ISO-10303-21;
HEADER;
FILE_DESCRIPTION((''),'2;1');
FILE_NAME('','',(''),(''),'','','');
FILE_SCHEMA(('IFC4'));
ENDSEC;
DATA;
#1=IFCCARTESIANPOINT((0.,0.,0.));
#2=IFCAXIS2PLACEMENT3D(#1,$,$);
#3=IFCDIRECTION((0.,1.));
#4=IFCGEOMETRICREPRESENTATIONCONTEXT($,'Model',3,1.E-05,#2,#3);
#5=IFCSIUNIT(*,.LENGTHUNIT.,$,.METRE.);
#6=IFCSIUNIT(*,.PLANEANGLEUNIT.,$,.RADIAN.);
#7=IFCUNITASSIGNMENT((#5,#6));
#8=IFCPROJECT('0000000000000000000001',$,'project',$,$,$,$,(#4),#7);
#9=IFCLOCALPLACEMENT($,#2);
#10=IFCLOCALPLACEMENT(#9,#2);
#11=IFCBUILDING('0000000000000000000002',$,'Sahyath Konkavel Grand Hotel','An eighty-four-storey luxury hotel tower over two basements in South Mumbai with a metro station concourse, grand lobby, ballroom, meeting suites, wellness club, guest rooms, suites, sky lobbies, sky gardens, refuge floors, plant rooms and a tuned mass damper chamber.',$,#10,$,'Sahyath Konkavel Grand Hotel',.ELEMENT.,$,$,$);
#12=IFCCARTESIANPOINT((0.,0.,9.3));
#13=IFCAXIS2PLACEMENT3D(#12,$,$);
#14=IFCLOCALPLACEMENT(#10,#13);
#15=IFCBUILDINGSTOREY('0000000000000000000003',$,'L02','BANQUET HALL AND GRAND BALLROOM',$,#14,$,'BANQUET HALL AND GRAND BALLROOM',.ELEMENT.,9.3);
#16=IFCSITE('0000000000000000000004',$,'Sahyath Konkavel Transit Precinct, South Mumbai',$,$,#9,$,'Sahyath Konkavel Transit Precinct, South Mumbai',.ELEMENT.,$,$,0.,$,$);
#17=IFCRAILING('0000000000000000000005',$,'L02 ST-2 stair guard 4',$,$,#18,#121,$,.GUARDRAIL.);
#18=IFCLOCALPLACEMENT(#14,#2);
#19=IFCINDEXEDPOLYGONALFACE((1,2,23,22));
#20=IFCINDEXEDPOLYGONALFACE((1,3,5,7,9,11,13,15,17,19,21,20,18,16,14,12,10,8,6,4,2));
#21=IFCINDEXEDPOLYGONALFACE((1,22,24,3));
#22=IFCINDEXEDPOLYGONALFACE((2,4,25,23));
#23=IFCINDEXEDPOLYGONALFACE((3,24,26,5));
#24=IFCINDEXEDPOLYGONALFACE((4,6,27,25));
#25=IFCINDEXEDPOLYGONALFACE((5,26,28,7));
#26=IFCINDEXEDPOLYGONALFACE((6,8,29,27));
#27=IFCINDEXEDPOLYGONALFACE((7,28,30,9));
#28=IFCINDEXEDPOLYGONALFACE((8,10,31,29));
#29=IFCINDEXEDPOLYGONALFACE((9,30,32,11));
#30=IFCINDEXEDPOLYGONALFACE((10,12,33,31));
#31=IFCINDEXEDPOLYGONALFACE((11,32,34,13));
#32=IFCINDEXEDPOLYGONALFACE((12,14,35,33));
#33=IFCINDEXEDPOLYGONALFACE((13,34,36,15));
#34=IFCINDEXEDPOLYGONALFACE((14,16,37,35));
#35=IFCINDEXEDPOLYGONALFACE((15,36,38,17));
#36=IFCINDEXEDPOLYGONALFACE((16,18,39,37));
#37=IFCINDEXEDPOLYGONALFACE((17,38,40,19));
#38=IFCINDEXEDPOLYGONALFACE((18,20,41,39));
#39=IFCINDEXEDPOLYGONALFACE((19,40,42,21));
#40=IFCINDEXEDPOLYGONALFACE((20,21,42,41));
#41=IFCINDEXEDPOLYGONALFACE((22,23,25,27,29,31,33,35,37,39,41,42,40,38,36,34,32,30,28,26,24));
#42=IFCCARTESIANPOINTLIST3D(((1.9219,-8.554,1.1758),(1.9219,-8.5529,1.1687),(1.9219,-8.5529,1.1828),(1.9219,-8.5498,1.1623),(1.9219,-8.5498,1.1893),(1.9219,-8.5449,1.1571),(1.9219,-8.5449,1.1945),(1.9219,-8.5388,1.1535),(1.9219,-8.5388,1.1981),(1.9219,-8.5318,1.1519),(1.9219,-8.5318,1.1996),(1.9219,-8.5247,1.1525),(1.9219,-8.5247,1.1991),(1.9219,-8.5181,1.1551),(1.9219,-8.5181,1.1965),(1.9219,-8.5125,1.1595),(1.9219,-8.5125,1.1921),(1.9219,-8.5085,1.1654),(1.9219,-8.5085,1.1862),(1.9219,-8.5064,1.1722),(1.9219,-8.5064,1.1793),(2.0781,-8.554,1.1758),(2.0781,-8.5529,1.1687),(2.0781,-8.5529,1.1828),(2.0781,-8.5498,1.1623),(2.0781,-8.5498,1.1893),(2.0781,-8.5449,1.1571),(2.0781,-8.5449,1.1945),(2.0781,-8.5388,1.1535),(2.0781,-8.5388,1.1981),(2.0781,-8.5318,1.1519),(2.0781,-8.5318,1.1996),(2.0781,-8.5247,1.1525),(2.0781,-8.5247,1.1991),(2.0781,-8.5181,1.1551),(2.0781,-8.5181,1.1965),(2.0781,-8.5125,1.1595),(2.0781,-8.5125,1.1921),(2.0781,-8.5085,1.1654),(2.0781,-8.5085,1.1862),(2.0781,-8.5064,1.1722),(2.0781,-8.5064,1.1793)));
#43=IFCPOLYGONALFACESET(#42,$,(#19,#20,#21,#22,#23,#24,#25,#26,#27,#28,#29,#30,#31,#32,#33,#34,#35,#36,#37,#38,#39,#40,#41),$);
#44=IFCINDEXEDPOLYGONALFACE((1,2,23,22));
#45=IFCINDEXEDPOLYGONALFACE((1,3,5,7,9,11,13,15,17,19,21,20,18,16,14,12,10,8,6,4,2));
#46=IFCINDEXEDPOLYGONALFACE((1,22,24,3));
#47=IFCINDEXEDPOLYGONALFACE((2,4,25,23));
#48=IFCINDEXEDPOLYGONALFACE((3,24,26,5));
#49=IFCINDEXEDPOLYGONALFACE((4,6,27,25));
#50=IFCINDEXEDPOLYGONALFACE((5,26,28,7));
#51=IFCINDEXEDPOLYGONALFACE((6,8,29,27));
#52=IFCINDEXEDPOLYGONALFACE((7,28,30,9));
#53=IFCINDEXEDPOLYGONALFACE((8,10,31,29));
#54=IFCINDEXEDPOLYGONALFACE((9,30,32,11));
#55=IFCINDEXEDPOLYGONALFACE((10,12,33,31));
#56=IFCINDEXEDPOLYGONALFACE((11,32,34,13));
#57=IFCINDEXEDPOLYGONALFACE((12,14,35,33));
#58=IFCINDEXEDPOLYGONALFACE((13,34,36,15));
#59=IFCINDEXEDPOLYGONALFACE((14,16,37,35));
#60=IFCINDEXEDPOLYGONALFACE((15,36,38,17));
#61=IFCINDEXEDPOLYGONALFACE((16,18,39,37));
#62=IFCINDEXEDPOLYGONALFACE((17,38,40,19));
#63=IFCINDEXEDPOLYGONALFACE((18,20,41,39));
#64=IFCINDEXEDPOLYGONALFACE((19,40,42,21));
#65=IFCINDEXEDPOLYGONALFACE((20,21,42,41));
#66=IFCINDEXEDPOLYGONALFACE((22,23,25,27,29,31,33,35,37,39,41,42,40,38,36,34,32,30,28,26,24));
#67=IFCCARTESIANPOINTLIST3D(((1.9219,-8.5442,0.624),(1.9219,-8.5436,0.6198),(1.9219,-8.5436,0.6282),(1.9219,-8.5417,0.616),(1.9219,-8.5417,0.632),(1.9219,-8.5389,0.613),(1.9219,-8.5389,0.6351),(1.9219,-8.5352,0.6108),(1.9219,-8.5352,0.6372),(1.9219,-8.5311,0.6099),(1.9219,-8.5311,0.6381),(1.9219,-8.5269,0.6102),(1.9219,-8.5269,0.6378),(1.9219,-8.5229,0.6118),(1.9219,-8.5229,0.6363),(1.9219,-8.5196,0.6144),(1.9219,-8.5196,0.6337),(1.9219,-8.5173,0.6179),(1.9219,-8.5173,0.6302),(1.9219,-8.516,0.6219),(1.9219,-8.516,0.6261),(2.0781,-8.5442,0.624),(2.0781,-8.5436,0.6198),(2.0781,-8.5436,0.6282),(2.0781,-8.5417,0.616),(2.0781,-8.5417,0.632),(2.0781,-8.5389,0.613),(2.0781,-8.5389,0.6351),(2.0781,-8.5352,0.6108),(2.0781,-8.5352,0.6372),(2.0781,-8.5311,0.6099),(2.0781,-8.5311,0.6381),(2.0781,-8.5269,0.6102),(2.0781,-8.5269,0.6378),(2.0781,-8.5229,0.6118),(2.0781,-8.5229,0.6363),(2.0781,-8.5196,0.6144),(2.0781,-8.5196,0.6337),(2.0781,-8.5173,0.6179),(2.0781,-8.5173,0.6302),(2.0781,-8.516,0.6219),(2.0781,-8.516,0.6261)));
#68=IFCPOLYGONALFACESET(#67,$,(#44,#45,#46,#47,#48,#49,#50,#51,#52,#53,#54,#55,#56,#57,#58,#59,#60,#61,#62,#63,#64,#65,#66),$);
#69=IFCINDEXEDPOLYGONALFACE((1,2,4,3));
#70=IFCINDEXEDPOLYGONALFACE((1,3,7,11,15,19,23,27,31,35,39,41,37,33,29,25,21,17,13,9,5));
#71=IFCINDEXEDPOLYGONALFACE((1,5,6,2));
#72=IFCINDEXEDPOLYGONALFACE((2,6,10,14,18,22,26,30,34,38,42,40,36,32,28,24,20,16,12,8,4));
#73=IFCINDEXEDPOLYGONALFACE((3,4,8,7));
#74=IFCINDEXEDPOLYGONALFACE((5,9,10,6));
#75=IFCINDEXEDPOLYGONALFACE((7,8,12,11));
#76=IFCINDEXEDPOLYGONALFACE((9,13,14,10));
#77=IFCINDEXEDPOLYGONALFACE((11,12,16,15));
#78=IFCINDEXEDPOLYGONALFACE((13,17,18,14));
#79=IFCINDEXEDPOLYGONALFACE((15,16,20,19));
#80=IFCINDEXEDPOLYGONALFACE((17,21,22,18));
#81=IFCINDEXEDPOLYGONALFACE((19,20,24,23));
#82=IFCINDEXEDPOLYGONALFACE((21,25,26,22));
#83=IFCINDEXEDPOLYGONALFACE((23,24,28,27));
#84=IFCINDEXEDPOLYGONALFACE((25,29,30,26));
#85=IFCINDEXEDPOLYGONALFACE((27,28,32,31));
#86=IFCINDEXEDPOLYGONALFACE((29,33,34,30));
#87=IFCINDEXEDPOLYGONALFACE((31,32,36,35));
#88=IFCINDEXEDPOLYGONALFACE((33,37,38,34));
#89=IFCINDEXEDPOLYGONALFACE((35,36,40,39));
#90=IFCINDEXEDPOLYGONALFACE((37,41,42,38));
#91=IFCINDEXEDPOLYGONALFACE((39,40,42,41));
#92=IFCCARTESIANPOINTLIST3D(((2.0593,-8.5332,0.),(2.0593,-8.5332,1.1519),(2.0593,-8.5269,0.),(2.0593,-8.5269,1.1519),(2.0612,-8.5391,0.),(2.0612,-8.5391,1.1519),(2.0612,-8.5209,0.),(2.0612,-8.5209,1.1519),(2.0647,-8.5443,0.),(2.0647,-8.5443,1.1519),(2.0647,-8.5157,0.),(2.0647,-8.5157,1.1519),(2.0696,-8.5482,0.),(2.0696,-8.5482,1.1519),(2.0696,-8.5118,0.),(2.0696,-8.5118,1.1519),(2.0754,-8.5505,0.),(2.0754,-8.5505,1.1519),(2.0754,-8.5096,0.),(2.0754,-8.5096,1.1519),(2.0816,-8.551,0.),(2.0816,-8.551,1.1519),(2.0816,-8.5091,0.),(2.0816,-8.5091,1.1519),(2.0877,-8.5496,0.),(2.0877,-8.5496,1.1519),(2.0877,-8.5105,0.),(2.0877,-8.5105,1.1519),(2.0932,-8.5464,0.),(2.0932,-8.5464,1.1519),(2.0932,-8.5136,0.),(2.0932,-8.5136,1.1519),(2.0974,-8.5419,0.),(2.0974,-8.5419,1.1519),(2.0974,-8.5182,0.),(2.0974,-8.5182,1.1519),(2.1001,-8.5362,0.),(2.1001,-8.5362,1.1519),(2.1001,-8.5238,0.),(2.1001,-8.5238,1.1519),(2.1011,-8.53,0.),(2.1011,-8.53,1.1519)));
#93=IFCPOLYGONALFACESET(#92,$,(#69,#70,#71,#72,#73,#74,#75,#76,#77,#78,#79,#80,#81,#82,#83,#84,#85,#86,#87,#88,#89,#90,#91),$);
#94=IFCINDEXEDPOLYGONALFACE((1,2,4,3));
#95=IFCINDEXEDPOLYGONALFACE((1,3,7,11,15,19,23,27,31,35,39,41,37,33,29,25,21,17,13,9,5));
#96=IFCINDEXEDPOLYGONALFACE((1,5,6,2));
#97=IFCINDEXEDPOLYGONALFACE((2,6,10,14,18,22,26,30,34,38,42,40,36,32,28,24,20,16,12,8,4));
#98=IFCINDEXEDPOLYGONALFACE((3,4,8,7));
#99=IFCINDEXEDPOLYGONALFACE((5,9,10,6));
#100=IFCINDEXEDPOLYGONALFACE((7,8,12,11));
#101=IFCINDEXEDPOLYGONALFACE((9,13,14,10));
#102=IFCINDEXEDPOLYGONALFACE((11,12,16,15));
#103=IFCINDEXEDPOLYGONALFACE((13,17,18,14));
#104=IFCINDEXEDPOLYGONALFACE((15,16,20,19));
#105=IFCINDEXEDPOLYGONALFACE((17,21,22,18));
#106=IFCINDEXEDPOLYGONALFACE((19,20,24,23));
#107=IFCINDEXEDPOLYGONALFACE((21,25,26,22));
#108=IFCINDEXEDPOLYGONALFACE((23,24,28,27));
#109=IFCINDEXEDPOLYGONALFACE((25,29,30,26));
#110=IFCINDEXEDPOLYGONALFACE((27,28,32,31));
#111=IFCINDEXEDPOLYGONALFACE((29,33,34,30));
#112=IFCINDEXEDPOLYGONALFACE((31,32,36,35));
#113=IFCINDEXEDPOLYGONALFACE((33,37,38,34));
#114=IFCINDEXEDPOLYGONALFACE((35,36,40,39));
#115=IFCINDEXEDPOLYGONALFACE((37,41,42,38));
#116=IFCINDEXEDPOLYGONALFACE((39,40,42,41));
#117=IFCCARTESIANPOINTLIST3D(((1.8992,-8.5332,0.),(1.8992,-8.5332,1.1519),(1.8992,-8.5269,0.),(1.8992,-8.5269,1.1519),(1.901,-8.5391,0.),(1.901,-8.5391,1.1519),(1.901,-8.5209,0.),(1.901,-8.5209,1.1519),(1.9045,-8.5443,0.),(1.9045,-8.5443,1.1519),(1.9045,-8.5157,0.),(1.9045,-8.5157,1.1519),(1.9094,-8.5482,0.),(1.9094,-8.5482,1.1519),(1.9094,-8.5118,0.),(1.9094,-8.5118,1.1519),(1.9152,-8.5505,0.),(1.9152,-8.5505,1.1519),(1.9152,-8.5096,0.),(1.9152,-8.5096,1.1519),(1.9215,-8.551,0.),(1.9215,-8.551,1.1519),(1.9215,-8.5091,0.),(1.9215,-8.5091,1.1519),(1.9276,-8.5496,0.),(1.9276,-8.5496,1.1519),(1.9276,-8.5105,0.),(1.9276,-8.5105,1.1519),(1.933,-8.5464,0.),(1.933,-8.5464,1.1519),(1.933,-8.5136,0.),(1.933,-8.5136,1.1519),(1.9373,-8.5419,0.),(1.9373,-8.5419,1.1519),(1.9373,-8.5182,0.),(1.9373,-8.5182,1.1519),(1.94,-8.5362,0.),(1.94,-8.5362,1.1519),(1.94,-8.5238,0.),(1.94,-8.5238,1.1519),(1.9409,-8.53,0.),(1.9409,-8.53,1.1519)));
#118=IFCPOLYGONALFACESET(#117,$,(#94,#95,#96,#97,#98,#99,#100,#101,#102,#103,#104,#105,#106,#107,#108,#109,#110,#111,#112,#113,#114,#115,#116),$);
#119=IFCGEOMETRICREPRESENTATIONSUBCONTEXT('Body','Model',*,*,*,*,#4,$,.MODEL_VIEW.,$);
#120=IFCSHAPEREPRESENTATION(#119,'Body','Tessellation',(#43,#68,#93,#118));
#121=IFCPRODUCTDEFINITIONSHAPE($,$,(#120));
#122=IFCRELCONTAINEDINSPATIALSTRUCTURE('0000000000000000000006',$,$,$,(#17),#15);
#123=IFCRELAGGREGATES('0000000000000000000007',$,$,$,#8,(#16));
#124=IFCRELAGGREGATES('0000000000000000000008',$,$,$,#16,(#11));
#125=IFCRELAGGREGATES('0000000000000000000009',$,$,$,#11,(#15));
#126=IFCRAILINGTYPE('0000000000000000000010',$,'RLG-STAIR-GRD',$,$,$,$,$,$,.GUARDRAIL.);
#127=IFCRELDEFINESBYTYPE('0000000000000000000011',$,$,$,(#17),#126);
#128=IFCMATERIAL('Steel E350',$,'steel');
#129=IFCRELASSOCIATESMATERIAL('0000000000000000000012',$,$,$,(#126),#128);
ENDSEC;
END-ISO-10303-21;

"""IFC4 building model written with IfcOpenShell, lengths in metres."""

from ifc_helpers import new_model, si_unit, direction, frame, origin, origin_2d, place, context, subcontext, project, spatial, circle, extrude, material, type_object, element, save


model = new_model("IFC4")

# Units and contexts
model_context = context("Model", 3, precision=1e-05, world=origin(), true_north=direction((0.0, 1.0)))
body_context = subcontext(model_context, "Body", "Model", "MODEL_VIEW")
ifc_project = project(units=[si_unit("LENGTHUNIT", "METRE"), si_unit("PLANEANGLEUNIT", "RADIAN")], contexts=[model_context])

# Site, building, storey
site_placement = place(None, origin())
site = spatial("IfcSite", under=ifc_project, at=site_placement, Name="Sahyath Konkavel Transit Precinct, South Mumbai", LongName="Sahyath Konkavel Transit Precinct, South Mumbai", CompositionType="ELEMENT", RefElevation=0.0)
building_placement = place(site_placement, origin())
building = spatial("IfcBuilding", under=site, at=building_placement, Name="Sahyath Konkavel Grand Hotel", Description="An eighty-four-storey luxury hotel tower over two basements in South Mumbai with a metro station concourse, grand lobby, ballroom, meeting suites, wellness club, guest rooms, suites, sky lobbies, sky gardens, refuge floors, plant rooms and a tuned mass damper chamber.", LongName="Sahyath Konkavel Grand Hotel", CompositionType="ELEMENT")
storey_placement = place(building_placement, frame((0.0, 0.0, 9.3)))
storey = spatial("IfcBuildingStorey", under=building, at=storey_placement, Name="L02", Description="BANQUET HALL AND GRAND BALLROOM", LongName="BANQUET HALL AND GRAND BALLROOM", CompositionType="ELEMENT", Elevation=9.3)

# Shared definitions
ifc_material_1 = material(Name="Steel E350", Category="steel")

# Railing
railing_type_1 = type_object("IfcRailingType", Name="RLG-STAIR-GRD", PredefinedType="GUARDRAIL", material=ifc_material_1)
railing_1_placement = place(storey_placement, frame((2.0801, -8.53, 0.0)))
element("IfcRailing", 1, at=railing_1_placement, inside=storey, type_object=railing_type_1, Name="L02 ST-2 stair guard 4", PredefinedType="GUARDRAIL", context=body_context, shape_type="SweptSolid", body=[
    extrude(circle(Radius=0.0239, at=origin_2d()), frame((-0.002, 0.0, 1.1758), z_axis=(-1.0, 0.0, 0.0), x_axis=(0.0, -1.0, 0.0)), (0.0, 0.0, 1.0), 0.1562),
    extrude(circle(Radius=0.0142, at=origin_2d()), frame((-0.002, 0.0, 0.624), z_axis=(-1.0, 0.0, 0.0), x_axis=(0.0, -1.0, 0.0)), (0.0, 0.0, 1.0), 0.1562),
    extrude(circle(Radius=0.021, at=origin_2d()), origin(), (0.0, 0.0, 1.0), 1.1519),
    extrude(circle(Radius=0.021, at=origin_2d()), frame((-0.1602, 0.0, 0.0)), (0.0, 0.0, 1.0), 1.1519),
])

save(model, "model.ifc")
